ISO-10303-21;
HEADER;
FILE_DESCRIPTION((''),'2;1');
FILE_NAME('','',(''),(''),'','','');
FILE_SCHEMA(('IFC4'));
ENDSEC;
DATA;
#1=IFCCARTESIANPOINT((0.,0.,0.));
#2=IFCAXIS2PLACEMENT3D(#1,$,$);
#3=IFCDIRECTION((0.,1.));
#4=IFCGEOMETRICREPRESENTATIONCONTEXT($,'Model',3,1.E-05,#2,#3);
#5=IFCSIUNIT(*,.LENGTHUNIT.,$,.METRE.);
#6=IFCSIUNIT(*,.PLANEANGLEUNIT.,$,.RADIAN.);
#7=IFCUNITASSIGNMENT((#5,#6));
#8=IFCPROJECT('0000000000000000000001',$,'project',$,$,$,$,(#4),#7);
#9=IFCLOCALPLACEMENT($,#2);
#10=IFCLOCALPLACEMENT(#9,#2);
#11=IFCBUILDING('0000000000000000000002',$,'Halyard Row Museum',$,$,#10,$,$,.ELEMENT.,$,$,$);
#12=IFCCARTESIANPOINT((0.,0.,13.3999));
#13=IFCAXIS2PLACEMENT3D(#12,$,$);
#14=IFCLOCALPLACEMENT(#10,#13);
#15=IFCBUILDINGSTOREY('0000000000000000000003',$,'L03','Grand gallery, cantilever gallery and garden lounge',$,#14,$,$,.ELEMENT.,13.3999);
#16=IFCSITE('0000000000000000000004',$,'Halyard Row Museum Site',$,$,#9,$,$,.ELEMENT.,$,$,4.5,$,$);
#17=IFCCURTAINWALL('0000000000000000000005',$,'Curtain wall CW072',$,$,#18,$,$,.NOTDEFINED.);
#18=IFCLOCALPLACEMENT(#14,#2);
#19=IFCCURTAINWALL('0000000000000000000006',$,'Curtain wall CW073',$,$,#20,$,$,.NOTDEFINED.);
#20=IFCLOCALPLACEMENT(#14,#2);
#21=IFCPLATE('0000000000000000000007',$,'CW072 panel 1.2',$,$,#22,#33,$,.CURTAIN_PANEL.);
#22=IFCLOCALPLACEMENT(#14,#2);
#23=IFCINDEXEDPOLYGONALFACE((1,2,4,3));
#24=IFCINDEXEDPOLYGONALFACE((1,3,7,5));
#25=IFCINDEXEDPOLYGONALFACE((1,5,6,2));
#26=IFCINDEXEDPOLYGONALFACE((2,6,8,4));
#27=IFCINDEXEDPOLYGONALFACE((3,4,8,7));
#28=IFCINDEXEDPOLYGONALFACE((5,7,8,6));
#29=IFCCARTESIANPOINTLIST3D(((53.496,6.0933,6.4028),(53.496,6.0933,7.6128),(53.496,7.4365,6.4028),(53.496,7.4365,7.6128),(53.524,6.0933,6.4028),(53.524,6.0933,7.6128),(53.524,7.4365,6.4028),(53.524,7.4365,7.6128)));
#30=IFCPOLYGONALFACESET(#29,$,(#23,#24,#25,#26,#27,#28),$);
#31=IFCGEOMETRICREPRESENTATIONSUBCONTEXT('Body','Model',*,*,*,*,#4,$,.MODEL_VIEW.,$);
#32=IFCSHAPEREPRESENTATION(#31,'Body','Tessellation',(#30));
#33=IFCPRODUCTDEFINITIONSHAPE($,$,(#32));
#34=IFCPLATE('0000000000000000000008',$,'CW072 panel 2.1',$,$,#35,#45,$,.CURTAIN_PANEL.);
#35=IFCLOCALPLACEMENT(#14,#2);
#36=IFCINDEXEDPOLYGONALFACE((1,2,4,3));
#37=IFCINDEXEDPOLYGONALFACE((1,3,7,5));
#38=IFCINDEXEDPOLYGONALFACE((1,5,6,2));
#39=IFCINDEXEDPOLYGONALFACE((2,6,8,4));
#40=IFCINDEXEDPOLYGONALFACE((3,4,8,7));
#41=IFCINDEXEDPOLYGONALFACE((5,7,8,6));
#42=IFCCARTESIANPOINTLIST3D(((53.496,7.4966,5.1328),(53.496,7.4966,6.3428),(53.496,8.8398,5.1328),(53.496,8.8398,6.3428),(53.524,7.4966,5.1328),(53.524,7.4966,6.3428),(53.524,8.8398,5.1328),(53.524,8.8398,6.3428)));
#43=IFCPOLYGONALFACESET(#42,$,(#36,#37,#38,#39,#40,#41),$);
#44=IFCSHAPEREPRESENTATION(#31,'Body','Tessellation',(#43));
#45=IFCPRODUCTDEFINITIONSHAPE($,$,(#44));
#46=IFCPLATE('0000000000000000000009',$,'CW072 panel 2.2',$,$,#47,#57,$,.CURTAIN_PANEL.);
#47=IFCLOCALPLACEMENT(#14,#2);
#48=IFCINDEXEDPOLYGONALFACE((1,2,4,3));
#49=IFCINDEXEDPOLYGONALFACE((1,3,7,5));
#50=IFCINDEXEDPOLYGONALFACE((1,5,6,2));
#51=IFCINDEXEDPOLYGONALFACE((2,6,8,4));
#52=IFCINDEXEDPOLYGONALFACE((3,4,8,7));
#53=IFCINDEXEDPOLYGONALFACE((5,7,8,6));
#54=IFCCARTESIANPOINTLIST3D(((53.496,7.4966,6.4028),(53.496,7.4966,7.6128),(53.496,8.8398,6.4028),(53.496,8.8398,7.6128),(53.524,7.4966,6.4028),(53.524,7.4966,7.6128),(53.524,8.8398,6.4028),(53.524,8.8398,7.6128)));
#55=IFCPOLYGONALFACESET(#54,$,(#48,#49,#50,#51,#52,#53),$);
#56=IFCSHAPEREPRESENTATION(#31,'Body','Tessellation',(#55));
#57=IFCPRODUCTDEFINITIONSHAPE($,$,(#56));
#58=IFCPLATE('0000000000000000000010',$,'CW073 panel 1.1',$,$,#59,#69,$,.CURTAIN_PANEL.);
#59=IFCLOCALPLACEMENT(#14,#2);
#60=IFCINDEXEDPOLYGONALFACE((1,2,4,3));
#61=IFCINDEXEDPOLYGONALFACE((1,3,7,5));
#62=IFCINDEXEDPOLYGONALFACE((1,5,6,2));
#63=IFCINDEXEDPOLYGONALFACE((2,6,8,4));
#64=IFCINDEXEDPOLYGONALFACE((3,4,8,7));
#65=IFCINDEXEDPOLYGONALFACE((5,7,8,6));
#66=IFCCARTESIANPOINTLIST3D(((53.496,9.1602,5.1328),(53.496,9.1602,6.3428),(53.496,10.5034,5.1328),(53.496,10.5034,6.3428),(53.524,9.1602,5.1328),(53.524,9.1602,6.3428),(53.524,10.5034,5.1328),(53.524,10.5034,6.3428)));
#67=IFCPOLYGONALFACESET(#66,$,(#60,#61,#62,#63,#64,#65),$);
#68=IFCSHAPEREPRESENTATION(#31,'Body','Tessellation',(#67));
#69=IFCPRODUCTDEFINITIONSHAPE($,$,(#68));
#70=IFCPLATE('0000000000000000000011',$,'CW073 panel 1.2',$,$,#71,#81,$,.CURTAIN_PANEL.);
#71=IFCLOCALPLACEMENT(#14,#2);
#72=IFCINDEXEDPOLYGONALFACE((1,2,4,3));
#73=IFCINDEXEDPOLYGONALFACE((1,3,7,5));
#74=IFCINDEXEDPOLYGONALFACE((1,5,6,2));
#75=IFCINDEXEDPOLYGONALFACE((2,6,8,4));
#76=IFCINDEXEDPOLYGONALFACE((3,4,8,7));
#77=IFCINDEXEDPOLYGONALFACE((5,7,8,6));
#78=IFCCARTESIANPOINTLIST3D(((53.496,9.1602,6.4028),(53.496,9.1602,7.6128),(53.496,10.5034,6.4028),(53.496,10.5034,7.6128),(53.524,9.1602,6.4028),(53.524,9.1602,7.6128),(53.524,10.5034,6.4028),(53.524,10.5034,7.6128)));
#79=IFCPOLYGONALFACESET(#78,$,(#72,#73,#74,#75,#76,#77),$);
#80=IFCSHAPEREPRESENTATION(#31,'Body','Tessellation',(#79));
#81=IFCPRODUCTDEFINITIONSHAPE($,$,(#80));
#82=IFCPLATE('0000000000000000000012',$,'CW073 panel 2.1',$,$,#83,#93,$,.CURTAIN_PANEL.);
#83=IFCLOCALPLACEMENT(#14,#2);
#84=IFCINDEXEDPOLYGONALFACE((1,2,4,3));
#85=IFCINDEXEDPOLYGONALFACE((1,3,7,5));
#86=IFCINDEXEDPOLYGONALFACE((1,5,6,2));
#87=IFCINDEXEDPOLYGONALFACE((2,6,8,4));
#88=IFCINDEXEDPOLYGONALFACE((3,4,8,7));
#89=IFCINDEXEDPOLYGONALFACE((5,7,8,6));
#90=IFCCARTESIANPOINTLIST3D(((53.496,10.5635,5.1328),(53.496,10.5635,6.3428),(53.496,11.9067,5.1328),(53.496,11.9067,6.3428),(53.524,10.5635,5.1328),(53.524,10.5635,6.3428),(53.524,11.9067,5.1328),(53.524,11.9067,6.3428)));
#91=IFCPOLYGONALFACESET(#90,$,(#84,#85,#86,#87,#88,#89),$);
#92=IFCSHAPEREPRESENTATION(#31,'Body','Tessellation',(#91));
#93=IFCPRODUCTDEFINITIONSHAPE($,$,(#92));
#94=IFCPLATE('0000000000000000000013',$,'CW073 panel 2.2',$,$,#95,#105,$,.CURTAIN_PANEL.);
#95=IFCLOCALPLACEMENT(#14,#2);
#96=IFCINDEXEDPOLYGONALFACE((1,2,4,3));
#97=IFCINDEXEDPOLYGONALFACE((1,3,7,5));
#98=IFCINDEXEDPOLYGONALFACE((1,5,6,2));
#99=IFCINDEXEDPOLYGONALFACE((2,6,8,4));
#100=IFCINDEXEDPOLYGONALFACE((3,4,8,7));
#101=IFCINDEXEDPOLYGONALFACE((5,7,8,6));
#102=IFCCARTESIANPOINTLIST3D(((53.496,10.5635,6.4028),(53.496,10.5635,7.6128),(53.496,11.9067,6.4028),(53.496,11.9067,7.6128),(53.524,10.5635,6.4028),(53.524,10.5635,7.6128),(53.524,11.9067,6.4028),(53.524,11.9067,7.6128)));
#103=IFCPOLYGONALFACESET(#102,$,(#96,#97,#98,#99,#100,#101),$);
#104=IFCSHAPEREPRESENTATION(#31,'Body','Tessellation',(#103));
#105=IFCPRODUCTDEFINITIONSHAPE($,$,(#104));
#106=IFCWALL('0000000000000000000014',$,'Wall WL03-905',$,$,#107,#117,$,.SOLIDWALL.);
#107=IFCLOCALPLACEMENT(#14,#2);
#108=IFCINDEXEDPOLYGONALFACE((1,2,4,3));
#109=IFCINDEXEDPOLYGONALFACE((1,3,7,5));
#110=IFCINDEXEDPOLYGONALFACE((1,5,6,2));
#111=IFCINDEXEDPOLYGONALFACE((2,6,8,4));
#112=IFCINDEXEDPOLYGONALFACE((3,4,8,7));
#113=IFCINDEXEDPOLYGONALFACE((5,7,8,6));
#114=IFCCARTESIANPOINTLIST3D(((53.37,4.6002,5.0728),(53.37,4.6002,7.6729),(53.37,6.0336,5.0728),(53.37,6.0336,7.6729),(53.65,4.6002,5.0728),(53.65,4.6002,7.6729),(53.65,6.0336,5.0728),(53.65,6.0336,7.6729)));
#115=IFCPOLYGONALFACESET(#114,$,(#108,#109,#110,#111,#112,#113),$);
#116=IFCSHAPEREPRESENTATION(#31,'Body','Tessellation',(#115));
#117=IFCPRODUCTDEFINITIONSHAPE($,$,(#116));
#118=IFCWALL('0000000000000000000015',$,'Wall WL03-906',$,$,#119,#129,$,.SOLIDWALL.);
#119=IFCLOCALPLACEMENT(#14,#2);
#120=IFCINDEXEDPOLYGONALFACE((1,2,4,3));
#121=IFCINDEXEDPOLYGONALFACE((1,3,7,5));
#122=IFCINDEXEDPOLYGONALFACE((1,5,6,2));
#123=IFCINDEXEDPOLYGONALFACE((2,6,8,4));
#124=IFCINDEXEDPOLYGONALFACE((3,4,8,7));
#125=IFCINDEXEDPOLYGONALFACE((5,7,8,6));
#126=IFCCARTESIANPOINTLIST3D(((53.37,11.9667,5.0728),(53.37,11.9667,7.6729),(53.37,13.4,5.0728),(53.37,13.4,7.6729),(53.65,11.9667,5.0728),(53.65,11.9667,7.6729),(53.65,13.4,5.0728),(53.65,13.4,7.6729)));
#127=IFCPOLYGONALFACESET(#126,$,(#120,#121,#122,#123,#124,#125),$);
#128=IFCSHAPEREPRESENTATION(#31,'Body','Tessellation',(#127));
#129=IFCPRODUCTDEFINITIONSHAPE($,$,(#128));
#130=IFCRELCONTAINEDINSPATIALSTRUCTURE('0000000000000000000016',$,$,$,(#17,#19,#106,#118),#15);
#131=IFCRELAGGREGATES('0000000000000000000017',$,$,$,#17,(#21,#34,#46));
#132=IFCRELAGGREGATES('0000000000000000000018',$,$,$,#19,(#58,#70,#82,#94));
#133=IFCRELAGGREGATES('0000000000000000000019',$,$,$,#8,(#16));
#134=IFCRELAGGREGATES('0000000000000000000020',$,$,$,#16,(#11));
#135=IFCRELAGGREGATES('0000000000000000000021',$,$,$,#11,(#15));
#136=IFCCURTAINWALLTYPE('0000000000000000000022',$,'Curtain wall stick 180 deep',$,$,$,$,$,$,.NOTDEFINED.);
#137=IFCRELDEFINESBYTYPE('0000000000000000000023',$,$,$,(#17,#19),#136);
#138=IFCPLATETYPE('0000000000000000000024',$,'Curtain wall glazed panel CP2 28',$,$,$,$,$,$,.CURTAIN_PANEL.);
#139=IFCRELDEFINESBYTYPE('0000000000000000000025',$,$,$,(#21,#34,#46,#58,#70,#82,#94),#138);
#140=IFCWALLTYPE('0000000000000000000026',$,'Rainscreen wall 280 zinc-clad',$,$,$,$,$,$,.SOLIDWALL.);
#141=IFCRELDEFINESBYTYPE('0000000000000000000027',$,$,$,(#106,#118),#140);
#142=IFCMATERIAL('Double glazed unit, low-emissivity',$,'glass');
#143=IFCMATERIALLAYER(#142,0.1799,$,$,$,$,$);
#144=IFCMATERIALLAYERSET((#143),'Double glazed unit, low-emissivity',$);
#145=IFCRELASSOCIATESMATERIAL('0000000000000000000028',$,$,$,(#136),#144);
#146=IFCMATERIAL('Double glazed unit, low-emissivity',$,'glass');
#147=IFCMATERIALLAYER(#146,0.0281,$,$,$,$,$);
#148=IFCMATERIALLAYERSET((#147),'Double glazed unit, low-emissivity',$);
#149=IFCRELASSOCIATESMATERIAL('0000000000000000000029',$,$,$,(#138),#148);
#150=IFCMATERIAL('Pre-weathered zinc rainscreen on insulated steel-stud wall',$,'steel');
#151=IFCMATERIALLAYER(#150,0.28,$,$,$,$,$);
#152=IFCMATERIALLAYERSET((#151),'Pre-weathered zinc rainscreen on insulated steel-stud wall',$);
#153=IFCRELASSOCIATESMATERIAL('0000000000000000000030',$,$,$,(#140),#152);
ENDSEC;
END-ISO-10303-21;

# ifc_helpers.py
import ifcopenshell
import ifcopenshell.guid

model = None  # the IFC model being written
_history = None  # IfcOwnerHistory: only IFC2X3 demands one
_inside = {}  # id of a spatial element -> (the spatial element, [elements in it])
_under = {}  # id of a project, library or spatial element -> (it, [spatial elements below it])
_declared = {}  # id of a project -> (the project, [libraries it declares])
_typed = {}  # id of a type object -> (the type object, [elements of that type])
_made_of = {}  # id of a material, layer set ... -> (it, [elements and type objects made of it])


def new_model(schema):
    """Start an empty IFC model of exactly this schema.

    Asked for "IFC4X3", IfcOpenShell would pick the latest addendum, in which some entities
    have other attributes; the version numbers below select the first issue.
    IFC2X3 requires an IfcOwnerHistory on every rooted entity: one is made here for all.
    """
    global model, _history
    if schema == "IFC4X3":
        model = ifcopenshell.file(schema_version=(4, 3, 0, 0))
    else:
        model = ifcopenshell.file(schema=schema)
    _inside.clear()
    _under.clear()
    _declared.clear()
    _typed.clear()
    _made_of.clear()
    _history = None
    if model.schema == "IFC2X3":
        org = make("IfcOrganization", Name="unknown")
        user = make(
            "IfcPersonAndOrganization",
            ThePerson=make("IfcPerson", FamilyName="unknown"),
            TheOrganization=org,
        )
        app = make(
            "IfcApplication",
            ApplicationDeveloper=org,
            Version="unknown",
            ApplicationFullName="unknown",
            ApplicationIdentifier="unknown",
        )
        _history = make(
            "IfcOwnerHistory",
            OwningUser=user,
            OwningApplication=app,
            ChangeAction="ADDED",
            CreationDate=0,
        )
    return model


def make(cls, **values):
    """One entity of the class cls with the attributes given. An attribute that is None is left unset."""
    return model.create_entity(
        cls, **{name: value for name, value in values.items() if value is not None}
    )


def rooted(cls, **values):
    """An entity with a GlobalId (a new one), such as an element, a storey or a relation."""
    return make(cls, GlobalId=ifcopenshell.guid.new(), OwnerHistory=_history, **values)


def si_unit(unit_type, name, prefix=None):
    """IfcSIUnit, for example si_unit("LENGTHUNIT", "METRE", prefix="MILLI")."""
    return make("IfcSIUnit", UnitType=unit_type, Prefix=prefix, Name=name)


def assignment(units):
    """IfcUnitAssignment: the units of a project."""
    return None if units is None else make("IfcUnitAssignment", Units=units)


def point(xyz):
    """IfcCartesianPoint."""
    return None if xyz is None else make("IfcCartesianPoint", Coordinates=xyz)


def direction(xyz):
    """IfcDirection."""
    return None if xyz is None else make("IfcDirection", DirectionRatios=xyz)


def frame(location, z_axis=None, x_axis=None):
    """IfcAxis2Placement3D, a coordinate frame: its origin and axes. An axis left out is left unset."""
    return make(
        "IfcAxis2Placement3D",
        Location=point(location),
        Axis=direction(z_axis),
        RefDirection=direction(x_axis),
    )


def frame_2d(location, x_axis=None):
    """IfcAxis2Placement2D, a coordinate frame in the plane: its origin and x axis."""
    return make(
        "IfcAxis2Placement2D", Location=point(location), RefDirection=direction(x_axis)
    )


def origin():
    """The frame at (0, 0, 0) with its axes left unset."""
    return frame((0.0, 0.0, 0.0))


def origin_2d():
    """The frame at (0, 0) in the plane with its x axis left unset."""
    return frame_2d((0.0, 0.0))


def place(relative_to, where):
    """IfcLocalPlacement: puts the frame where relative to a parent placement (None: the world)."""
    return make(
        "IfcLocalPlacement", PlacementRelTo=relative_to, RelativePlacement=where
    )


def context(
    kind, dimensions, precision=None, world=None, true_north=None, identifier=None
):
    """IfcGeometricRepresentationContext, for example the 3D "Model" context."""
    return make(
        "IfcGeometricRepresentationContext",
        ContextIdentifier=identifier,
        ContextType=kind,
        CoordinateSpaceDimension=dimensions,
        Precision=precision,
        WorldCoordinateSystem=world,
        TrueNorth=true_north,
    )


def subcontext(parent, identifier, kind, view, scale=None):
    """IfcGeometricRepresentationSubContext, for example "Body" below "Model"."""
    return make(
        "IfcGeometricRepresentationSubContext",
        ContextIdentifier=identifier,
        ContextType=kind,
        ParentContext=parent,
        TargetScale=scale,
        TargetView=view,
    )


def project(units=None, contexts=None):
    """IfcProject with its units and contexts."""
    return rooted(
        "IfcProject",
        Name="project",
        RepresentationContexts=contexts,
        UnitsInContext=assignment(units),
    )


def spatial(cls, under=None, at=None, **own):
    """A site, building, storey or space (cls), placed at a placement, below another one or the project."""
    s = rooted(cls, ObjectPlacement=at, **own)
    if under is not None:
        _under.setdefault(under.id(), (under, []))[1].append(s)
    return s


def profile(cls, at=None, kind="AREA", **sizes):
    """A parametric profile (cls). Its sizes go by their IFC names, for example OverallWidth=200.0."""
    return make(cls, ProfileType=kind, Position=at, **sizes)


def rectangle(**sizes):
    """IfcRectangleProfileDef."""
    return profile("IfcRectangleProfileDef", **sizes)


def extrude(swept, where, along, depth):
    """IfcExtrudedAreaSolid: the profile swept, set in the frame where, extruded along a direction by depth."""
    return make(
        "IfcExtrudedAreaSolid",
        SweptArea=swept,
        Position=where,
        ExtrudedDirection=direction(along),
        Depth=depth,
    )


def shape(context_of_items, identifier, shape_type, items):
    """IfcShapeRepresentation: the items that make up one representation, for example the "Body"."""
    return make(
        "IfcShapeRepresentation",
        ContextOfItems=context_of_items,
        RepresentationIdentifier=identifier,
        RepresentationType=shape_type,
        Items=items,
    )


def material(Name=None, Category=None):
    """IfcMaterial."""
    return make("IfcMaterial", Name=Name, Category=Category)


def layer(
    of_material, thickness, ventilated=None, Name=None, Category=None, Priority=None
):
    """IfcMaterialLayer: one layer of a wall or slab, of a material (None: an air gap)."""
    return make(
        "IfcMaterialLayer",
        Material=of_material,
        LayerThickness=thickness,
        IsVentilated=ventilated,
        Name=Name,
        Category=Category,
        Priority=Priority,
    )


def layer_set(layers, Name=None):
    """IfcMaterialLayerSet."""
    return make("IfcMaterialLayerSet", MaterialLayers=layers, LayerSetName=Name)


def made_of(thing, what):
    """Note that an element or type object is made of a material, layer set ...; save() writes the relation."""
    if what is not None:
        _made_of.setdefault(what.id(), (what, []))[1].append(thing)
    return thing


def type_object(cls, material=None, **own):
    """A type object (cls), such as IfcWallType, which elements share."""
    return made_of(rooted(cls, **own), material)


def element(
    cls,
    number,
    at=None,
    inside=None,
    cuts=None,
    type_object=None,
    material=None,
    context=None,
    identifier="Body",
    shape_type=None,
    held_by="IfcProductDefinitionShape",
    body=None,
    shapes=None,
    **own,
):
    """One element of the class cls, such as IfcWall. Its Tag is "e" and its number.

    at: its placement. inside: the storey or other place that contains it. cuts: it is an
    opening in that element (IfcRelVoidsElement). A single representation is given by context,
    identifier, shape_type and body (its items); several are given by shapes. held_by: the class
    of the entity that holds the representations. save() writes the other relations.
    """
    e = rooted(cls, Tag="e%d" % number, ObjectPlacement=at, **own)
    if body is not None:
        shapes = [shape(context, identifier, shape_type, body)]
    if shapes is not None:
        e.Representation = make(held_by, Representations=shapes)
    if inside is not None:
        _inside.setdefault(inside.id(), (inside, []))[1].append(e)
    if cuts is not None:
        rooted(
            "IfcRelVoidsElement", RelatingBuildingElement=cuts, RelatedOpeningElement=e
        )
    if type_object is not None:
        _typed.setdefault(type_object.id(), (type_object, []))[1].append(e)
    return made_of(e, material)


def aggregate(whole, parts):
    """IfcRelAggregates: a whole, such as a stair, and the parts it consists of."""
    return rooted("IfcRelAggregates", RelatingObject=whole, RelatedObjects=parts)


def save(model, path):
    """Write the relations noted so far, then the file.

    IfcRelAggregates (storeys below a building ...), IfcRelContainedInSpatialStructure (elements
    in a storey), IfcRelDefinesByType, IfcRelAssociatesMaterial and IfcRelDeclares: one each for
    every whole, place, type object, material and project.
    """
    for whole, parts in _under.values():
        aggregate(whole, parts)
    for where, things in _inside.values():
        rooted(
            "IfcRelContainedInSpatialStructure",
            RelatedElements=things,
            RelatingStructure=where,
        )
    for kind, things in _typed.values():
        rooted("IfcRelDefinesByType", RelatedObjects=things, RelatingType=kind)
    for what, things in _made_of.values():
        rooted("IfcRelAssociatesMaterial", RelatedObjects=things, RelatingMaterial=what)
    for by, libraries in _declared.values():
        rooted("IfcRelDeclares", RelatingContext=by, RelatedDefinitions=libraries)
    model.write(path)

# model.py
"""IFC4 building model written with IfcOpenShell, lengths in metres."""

from ifc_helpers import new_model, si_unit, direction, frame, frame_2d, origin, origin_2d, place, context, subcontext, project, spatial, rectangle, extrude, material, layer, layer_set, type_object, element, aggregate, save


model = new_model("IFC4")

# Units and contexts
model_context = context("Model", 3, precision=1e-05, world=origin(), true_north=direction((0.0, 1.0)))
body_context = subcontext(model_context, "Body", "Model", "MODEL_VIEW")
ifc_project = project(units=[si_unit("LENGTHUNIT", "METRE"), si_unit("PLANEANGLEUNIT", "RADIAN")], contexts=[model_context])

# Site, building, storey
site_placement = place(None, origin())
site = spatial("IfcSite", under=ifc_project, at=site_placement, Name="Halyard Row Museum Site", CompositionType="ELEMENT", RefElevation=4.5)
building_placement = place(site_placement, origin())
building = spatial("IfcBuilding", under=site, at=building_placement, Name="Halyard Row Museum", CompositionType="ELEMENT")
storey_placement = place(building_placement, frame((0.0, 0.0, 13.3999)))
storey = spatial("IfcBuildingStorey", under=building, at=storey_placement, Name="L03", Description="Grand gallery, cantilever gallery and garden lounge", CompositionType="ELEMENT", Elevation=13.3999)

# Curtain walls
ifc_material_1 = material(Name="Double glazed unit, low-emissivity", Category="glass")
ifc_layer_1 = layer(ifc_material_1, 0.1799)
ifc_layer_set_1 = layer_set([ifc_layer_1], Name="Double glazed unit, low-emissivity")
curtain_wall_type = type_object("IfcCurtainWallType", Name="Curtain wall stick 180 deep", PredefinedType="NOTDEFINED", material=ifc_layer_set_1)
curtain_wall_1_placement = place(storey_placement, origin())
curtain_wall_1 = element("IfcCurtainWall", 1, at=curtain_wall_1_placement, inside=storey, type_object=curtain_wall_type, Name="Curtain wall CW072", PredefinedType="NOTDEFINED")
curtain_wall_2_placement = place(storey_placement, origin())
curtain_wall_2 = element("IfcCurtainWall", 2, at=curtain_wall_2_placement, inside=storey, type_object=curtain_wall_type, Name="Curtain wall CW073", PredefinedType="NOTDEFINED")

# Plates
ifc_material_2 = material(Name="Double glazed unit, low-emissivity", Category="glass")
ifc_layer_2 = layer(ifc_material_2, 0.0281)
ifc_layer_set_2 = layer_set([ifc_layer_2], Name="Double glazed unit, low-emissivity")
plate_type = type_object("IfcPlateType", Name="Curtain wall glazed panel CP2 28", PredefinedType="CURTAIN_PANEL", material=ifc_layer_set_2)
plate_1_placement = place(storey_placement, frame((53.51, 6.7649, 6.4028), z_axis=(0.0, 0.0, 1.0), x_axis=(0.0, 1.0, 0.0)))
plate_1 = element("IfcPlate", 3, at=plate_1_placement, type_object=plate_type, Name="CW072 panel 1.2", PredefinedType="CURTAIN_PANEL", context=body_context, shape_type="SweptSolid", body=[
    extrude(rectangle(XDim=1.3433, YDim=0.0281, at=origin_2d()), origin(), (0.0, 0.0, 1.0), 1.21),
])
plate_2_placement = place(storey_placement, frame((53.51, 8.1682, 5.1328), z_axis=(0.0, 0.0, 1.0), x_axis=(0.0, 1.0, 0.0)))
plate_2 = element("IfcPlate", 4, at=plate_2_placement, type_object=plate_type, Name="CW072 panel 2.1", PredefinedType="CURTAIN_PANEL", context=body_context, shape_type="SweptSolid", body=[
    extrude(rectangle(XDim=1.3433, YDim=0.0281, at=origin_2d()), origin(), (0.0, 0.0, 1.0), 1.21),
])
plate_3_placement = place(storey_placement, frame((53.51, 8.1682, 6.4028), z_axis=(0.0, 0.0, 1.0), x_axis=(0.0, 1.0, 0.0)))
plate_3 = element("IfcPlate", 5, at=plate_3_placement, type_object=plate_type, Name="CW072 panel 2.2", PredefinedType="CURTAIN_PANEL", context=body_context, shape_type="SweptSolid", body=[
    extrude(rectangle(XDim=1.3433, YDim=0.0281, at=origin_2d()), origin(), (0.0, 0.0, 1.0), 1.21),
])
aggregate(curtain_wall_1, [plate_1, plate_2, plate_3])
plate_4_placement = place(storey_placement, frame((53.51, 9.8318, 5.1328), z_axis=(0.0, 0.0, 1.0), x_axis=(0.0, 1.0, 0.0)))
plate_4 = element("IfcPlate", 6, at=plate_4_placement, type_object=plate_type, Name="CW073 panel 1.1", PredefinedType="CURTAIN_PANEL", context=body_context, shape_type="SweptSolid", body=[
    extrude(rectangle(XDim=1.3433, YDim=0.0281, at=origin_2d()), origin(), (0.0, 0.0, 1.0), 1.21),
])
plate_5_placement = place(storey_placement, frame((53.51, 9.8318, 6.4028), z_axis=(0.0, 0.0, 1.0), x_axis=(0.0, 1.0, 0.0)))
plate_5 = element("IfcPlate", 7, at=plate_5_placement, type_object=plate_type, Name="CW073 panel 1.2", PredefinedType="CURTAIN_PANEL", context=body_context, shape_type="SweptSolid", body=[
    extrude(rectangle(XDim=1.3433, YDim=0.0281, at=origin_2d()), origin(), (0.0, 0.0, 1.0), 1.21),
])
plate_6_placement = place(storey_placement, frame((53.51, 11.2351, 5.1328), z_axis=(0.0, 0.0, 1.0), x_axis=(0.0, 1.0, 0.0)))
plate_6 = element("IfcPlate", 8, at=plate_6_placement, type_object=plate_type, Name="CW073 panel 2.1", PredefinedType="CURTAIN_PANEL", context=body_context, shape_type="SweptSolid", body=[
    extrude(rectangle(XDim=1.3433, YDim=0.0281, at=origin_2d()), origin(), (0.0, 0.0, 1.0), 1.21),
])
plate_7_placement = place(storey_placement, frame((53.51, 11.2351, 6.4028), z_axis=(0.0, 0.0, 1.0), x_axis=(0.0, 1.0, 0.0)))
plate_7 = element("IfcPlate", 9, at=plate_7_placement, type_object=plate_type, Name="CW073 panel 2.2", PredefinedType="CURTAIN_PANEL", context=body_context, shape_type="SweptSolid", body=[
    extrude(rectangle(XDim=1.3433, YDim=0.0281, at=origin_2d()), origin(), (0.0, 0.0, 1.0), 1.21),
])
aggregate(curtain_wall_2, [plate_4, plate_5, plate_6, plate_7])

# Walls
ifc_material_3 = material(Name="Pre-weathered zinc rainscreen on insulated steel-stud wall", Category="steel")
ifc_layer_3 = layer(ifc_material_3, 0.28)
ifc_layer_set_3 = layer_set([ifc_layer_3], Name="Pre-weathered zinc rainscreen on insulated steel-stud wall")
wall_type = type_object("IfcWallType", Name="Rainscreen wall 280 zinc-clad", PredefinedType="SOLIDWALL", material=ifc_layer_set_3)
for number, where, z_axis, x_axis, name in (
    (10, (53.51, 4.6001, 5.0728), (0.0, 0.0, 1.0), (0.0, 1.0, 0.0), "Wall WL03-905"),
    (11, (53.51, 11.9666, 5.0728), (0.0, 0.0, 1.0), (0.0, 1.0, 0.0), "Wall WL03-906"),
):
    element("IfcWall", number, at=place(storey_placement, frame(where, z_axis=z_axis, x_axis=x_axis)), inside=storey, type_object=wall_type, Name=name, PredefinedType="SOLIDWALL", context=body_context, shape_type="SweptSolid", body=[
        extrude(rectangle(XDim=1.4333, YDim=0.28, at=frame_2d((0.7168, 0.0))), origin(), (0.0, 0.0, 1.0), 2.6001),
    ])

save(model, "model.ifc")
